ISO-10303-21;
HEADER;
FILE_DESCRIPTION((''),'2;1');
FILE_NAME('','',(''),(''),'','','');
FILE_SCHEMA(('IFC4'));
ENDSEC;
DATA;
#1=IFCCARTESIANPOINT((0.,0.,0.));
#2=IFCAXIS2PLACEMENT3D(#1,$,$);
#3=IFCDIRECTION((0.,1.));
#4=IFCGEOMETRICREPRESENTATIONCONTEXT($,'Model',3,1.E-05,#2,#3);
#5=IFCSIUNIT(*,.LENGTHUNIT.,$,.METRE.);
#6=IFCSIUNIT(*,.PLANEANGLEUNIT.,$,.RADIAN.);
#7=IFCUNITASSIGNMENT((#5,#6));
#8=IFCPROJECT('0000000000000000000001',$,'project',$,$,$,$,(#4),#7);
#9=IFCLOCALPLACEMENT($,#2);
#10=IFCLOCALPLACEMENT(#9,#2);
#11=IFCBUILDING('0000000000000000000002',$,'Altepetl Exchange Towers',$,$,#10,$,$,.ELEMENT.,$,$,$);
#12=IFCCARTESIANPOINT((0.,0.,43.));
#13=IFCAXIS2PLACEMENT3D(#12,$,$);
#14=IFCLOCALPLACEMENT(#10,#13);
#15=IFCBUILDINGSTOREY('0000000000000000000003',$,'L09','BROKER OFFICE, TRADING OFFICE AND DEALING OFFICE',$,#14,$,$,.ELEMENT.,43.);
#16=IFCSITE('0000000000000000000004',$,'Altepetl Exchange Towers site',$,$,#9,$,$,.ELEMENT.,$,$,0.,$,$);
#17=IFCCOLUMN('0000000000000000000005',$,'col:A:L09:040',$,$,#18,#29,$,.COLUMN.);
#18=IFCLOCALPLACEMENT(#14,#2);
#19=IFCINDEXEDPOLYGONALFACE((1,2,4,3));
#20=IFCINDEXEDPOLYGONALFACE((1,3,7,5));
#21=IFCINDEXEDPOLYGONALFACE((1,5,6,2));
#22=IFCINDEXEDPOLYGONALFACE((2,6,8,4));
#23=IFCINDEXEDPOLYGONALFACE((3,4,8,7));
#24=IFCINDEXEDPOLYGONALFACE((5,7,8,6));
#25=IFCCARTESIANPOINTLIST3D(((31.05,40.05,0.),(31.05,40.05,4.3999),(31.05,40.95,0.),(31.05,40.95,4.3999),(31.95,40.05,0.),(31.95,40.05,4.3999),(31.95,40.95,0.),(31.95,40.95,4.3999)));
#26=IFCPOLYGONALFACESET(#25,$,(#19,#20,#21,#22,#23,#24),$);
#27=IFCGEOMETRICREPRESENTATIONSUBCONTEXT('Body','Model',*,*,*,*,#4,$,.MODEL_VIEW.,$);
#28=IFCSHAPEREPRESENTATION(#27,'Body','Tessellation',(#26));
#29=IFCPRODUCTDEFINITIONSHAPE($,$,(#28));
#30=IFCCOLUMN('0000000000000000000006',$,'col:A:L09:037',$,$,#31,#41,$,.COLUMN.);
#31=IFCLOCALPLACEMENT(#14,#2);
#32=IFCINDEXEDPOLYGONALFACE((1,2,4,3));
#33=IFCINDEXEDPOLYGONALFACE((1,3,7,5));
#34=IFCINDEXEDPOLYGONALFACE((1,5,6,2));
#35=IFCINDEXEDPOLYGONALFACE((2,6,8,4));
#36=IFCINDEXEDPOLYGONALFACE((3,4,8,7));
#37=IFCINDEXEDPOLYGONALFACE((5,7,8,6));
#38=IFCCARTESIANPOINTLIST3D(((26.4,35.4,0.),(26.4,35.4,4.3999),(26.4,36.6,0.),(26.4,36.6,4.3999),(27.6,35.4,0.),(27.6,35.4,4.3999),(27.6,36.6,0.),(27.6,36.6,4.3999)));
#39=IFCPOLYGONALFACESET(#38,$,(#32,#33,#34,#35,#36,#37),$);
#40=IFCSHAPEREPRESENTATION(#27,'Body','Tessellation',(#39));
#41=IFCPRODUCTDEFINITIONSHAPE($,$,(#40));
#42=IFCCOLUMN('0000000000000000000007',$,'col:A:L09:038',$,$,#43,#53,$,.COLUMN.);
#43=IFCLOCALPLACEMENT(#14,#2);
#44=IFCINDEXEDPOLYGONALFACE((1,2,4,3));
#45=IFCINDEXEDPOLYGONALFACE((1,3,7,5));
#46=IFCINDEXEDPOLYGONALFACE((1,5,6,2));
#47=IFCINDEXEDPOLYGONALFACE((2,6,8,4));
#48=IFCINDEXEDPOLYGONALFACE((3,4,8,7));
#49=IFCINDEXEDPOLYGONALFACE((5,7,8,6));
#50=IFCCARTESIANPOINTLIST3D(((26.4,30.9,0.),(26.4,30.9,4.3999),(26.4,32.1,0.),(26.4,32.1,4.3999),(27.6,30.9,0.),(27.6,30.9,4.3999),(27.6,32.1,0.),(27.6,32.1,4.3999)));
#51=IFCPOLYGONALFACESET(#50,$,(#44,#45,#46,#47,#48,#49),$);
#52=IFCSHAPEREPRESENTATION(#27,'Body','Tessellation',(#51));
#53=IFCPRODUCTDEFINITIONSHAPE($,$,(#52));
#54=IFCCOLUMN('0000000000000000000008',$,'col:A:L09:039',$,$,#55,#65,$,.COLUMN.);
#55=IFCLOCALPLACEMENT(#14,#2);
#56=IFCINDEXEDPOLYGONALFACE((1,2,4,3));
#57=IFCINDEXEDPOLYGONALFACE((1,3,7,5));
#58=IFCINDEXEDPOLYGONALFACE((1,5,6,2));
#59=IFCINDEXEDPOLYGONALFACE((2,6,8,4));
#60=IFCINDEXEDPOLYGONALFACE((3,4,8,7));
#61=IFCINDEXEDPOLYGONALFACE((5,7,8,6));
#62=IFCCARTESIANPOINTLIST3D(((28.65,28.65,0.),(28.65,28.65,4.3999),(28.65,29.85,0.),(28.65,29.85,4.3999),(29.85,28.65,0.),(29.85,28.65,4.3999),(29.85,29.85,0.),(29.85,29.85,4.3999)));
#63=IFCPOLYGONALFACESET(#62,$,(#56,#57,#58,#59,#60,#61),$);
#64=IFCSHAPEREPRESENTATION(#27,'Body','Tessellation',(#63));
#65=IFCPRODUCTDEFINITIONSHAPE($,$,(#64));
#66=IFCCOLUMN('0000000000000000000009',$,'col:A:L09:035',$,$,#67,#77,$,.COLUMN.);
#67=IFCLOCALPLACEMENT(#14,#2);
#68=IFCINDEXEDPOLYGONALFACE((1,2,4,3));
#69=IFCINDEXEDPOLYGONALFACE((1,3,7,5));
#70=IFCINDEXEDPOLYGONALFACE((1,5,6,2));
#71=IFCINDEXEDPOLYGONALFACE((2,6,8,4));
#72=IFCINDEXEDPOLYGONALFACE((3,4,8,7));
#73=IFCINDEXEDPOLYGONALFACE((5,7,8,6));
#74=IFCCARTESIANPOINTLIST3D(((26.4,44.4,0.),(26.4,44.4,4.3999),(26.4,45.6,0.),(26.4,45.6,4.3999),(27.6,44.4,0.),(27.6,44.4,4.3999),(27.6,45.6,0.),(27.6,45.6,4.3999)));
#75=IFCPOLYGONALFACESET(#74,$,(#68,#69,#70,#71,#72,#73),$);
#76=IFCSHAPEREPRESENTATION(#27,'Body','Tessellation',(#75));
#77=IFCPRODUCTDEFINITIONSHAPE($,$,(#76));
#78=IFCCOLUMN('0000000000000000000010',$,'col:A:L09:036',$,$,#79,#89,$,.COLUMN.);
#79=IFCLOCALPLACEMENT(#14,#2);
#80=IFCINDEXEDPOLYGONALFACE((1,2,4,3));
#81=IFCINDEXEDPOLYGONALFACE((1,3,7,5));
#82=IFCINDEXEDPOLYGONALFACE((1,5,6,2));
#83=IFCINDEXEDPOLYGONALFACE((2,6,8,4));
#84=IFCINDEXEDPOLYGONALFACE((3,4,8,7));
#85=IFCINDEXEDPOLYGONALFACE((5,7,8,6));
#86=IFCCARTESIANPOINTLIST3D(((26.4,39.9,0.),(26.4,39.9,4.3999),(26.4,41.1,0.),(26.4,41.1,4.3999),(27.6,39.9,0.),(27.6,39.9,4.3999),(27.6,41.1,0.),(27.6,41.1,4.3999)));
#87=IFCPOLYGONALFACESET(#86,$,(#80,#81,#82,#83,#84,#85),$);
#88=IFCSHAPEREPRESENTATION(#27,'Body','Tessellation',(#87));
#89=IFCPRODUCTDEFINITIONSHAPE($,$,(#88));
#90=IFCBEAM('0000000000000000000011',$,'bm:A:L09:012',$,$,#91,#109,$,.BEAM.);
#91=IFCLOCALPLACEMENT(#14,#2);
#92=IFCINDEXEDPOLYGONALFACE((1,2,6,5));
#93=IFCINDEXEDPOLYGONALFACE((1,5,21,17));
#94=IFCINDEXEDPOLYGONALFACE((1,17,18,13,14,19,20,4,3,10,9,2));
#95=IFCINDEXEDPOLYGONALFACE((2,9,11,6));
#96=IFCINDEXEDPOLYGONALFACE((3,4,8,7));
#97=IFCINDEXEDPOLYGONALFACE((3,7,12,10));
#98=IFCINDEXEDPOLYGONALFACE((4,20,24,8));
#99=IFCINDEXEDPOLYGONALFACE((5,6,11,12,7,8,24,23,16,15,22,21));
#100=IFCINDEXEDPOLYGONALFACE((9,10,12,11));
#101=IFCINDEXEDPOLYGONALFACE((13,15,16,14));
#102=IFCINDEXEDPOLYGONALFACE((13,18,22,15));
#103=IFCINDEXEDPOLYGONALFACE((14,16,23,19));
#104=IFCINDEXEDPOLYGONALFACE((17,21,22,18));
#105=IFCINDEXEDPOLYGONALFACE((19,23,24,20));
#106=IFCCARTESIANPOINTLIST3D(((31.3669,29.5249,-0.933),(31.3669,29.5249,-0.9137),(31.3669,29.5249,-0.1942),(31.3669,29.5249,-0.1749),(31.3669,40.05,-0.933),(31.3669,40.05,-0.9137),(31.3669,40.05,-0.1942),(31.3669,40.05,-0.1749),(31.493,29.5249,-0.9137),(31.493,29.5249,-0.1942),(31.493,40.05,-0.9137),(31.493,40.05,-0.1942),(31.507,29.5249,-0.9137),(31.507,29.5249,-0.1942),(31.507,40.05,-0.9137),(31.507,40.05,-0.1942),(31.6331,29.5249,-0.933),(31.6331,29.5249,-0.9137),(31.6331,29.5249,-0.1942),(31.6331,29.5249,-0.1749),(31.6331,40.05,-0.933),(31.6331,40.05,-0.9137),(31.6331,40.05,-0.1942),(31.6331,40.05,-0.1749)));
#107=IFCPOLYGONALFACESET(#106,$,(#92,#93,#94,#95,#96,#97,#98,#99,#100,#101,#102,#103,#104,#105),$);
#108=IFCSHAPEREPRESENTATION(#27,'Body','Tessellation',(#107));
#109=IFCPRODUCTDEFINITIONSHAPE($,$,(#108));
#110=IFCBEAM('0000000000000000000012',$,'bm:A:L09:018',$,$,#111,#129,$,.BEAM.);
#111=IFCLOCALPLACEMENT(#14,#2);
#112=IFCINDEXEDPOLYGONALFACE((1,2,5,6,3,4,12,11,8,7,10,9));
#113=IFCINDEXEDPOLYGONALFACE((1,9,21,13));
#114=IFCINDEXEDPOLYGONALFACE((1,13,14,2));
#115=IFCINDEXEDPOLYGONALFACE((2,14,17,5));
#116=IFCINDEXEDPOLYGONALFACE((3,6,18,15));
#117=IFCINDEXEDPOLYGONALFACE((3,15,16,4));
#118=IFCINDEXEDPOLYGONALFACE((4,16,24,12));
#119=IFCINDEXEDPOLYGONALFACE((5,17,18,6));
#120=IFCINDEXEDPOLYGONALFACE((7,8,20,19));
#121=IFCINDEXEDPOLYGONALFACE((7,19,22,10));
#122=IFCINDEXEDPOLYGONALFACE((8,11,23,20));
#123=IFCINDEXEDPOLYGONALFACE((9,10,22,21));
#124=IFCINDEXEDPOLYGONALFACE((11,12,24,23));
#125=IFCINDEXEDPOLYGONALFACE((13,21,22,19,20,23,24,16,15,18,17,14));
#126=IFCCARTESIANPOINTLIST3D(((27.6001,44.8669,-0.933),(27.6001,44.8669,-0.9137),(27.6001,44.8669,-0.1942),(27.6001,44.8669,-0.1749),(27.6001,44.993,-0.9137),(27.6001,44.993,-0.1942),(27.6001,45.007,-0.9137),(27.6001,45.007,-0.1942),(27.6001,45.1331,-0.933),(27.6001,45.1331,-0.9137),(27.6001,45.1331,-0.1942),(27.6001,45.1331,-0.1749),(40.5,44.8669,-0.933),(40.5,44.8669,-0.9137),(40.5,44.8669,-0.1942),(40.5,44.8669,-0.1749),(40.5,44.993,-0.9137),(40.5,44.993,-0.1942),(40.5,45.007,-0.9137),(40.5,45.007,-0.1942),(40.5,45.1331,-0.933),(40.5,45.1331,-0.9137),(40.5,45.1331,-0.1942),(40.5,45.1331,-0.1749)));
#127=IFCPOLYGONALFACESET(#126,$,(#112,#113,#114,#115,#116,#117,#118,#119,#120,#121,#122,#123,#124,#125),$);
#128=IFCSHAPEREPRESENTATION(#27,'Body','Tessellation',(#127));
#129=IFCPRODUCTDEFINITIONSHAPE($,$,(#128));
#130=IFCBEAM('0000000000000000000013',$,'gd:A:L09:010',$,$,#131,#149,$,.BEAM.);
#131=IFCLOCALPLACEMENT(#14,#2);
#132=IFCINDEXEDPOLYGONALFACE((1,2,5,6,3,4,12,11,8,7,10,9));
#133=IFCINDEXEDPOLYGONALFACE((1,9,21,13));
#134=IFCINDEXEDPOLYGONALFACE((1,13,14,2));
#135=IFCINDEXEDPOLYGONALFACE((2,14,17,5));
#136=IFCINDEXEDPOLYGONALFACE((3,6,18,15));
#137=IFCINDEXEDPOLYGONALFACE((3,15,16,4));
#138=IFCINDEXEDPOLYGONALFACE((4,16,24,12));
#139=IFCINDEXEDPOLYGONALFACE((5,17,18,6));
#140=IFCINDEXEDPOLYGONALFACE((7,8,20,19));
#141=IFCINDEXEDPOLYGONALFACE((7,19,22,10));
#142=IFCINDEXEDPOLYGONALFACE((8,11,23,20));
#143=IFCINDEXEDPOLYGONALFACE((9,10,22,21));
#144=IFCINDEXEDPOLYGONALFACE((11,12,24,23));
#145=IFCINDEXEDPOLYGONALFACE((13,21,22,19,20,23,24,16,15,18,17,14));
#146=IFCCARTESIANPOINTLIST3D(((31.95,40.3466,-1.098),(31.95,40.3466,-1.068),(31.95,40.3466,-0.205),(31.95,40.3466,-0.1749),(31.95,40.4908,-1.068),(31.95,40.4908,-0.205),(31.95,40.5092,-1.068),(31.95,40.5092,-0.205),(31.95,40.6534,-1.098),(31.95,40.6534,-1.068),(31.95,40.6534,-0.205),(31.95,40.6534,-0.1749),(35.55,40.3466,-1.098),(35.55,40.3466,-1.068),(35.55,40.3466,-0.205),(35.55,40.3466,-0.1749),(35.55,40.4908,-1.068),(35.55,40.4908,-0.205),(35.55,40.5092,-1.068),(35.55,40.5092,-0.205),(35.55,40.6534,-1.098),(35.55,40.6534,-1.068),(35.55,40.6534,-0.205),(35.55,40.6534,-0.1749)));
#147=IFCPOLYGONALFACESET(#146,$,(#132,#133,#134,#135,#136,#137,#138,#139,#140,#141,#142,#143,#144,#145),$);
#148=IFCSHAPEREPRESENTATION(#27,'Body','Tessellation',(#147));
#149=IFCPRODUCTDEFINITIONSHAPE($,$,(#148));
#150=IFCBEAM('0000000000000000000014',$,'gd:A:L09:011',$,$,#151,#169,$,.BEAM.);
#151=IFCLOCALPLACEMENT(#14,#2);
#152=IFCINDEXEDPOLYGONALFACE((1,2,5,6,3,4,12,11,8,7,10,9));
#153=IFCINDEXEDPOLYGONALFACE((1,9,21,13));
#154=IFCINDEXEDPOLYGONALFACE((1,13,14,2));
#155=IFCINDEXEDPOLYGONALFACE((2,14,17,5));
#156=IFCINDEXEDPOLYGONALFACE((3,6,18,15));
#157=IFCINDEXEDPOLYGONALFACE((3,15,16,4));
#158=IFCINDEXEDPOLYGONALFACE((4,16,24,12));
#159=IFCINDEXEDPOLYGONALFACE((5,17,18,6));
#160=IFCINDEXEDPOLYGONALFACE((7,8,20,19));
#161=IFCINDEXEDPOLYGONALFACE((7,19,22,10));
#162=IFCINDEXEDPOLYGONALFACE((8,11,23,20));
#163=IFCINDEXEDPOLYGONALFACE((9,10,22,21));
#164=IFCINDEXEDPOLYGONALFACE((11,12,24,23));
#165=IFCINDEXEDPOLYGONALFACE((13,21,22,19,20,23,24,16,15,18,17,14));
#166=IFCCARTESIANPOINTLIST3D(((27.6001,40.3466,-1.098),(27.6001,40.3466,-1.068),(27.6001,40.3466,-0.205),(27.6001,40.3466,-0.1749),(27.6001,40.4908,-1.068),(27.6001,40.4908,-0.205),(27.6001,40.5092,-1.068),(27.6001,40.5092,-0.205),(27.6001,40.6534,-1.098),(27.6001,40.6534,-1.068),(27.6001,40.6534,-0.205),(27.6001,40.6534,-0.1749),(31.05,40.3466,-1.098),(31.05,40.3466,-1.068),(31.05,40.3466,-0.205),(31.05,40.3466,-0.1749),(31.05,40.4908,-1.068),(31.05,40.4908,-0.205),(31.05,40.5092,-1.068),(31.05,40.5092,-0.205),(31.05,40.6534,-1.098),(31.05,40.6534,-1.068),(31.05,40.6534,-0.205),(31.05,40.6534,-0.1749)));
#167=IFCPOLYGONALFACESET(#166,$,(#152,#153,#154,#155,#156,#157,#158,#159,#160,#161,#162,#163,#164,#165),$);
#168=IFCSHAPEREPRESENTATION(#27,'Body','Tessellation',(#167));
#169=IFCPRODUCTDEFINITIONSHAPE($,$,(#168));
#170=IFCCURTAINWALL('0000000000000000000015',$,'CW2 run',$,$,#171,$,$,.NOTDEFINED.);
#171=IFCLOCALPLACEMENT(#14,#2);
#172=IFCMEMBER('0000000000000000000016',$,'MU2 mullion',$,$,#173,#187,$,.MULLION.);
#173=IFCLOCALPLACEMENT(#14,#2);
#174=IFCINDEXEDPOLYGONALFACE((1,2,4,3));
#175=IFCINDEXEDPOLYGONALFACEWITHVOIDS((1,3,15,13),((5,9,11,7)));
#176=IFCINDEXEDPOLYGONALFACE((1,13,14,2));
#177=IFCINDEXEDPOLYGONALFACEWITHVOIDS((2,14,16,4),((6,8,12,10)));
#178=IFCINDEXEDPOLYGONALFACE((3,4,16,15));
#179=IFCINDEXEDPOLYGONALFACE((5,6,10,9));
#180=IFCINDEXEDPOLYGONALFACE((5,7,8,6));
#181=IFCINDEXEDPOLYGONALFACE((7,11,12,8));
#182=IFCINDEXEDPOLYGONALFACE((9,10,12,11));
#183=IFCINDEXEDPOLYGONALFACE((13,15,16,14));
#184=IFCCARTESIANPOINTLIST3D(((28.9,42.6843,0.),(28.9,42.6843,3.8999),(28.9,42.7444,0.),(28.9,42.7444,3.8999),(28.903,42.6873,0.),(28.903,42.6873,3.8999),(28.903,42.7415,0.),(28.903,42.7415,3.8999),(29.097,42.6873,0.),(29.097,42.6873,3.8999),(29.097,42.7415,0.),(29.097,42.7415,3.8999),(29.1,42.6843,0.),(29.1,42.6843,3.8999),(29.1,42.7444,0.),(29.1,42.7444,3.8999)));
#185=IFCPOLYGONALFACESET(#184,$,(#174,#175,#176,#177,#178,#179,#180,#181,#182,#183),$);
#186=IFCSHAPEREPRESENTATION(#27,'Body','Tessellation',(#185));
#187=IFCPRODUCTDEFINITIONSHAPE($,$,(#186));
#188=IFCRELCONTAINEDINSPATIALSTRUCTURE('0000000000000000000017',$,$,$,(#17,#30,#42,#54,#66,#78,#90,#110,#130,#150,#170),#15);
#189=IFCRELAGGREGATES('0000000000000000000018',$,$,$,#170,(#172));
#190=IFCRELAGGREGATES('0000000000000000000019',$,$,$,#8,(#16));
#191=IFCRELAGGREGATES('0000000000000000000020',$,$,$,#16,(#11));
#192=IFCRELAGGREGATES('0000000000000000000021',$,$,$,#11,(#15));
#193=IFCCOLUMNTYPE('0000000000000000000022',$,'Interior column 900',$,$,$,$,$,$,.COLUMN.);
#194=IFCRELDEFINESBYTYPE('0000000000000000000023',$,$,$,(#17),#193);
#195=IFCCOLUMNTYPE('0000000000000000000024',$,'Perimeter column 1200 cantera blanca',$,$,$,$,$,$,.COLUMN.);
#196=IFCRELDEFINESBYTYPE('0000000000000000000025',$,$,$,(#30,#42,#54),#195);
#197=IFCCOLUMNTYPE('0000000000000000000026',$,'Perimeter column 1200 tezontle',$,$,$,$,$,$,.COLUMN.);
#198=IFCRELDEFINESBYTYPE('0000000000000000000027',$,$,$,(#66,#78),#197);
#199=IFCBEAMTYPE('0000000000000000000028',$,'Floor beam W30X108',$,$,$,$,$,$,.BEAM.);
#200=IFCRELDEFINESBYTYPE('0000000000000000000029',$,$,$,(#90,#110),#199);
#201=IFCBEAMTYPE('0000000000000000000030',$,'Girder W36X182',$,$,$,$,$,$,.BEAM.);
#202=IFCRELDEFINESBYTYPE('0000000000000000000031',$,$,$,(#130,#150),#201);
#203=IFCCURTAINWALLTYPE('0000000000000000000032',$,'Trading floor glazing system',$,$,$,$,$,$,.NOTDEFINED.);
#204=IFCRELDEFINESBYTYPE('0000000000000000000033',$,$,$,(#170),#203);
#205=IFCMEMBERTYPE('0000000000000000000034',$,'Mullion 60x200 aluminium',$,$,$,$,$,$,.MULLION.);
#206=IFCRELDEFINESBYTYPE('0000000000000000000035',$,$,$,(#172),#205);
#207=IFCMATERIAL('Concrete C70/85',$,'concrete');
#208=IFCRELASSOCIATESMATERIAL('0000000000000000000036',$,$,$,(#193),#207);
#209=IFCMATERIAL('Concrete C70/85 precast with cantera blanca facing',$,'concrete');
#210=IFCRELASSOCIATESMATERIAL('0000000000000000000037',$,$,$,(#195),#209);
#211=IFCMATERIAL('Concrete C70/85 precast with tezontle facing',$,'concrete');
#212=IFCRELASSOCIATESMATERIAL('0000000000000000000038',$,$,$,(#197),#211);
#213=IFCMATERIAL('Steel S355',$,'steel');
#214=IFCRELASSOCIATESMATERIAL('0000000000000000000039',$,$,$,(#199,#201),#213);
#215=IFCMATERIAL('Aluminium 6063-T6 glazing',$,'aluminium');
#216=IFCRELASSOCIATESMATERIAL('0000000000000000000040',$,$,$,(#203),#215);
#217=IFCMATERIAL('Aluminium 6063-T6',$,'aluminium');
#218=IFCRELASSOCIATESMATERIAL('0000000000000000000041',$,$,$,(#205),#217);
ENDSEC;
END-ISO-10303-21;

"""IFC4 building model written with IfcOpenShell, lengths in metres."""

from ifc_helpers import new_model, si_unit, direction, frame, origin, origin_2d, place, context, subcontext, project, spatial, rectangle, hollow_rectangle, i_section, extrude, material, material_profile, profile_set, type_object, element, aggregate, save


model = new_model("IFC4")

# Units and contexts
model_context = context("Model", 3, precision=1e-05, world=origin(), true_north=direction((0.0, 1.0)))
body_context = subcontext(model_context, "Body", "Model", "MODEL_VIEW")
ifc_project = project(units=[si_unit("LENGTHUNIT", "METRE"), si_unit("PLANEANGLEUNIT", "RADIAN")], contexts=[model_context])

# Site, building, storey
site_placement = place(None, origin())
site = spatial("IfcSite", under=ifc_project, at=site_placement, Name="Altepetl Exchange Towers site", CompositionType="ELEMENT", RefElevation=0.0)
building_placement = place(site_placement, origin())
building = spatial("IfcBuilding", under=site, at=building_placement, Name="Altepetl Exchange Towers", CompositionType="ELEMENT")
storey_placement = place(building_placement, frame((0.0, 0.0, 43.0)))
storey = spatial("IfcBuildingStorey", under=building, at=storey_placement, Name="L09", Description="BROKER OFFICE, TRADING OFFICE AND DEALING OFFICE", CompositionType="ELEMENT", Elevation=43.0)

# Columns
ifc_material_1 = material(Name="Concrete C70/85", Category="concrete")
ifc_material_profile_1 = material_profile(ifc_material_1, rectangle(XDim=0.8999, YDim=0.8999, at=origin_2d()), Name="900 x 900")
ifc_profile_set_1 = profile_set([ifc_material_profile_1], Name="Concrete C70/85")
column_type_1 = type_object("IfcColumnType", Name="Interior column 900", PredefinedType="COLUMN", material=ifc_profile_set_1)
column_placement = place(storey_placement, frame((31.5, 40.5, 0.0)))
element("IfcColumn", 1, at=column_placement, inside=storey, type_object=column_type_1, Name="col:A:L09:040", PredefinedType="COLUMN", context=body_context, shape_type="SweptSolid", body=[
    extrude(rectangle(XDim=0.8999, YDim=0.8999, at=origin_2d()), origin(), (0.0, 0.0, 1.0), 4.3999),
])
ifc_material_2 = material(Name="Concrete C70/85 precast with cantera blanca facing", Category="concrete")
ifc_material_profile_2 = material_profile(ifc_material_2, rectangle(XDim=1.2, YDim=1.2, at=origin_2d()), Name="1200 x 1200")
ifc_profile_set_2 = profile_set([ifc_material_profile_2], Name="Concrete C70/85 precast with cantera blanca facing")
column_type_2 = type_object("IfcColumnType", Name="Perimeter column 1200 cantera blanca", PredefinedType="COLUMN", material=ifc_profile_set_2)
for number, where, name in (
    (2, (27.0, 36.0, 0.0), "col:A:L09:037"),
    (3, (27.0, 31.5, 0.0), "col:A:L09:038"),
    (4, (29.25, 29.25, 0.0), "col:A:L09:039"),
):
    element("IfcColumn", number, at=place(storey_placement, frame(where)), inside=storey, type_object=column_type_2, Name=name, PredefinedType="COLUMN", context=body_context, shape_type="SweptSolid", body=[
        extrude(rectangle(XDim=1.2, YDim=1.2, at=origin_2d()), origin(), (0.0, 0.0, 1.0), 4.3999),
    ])
ifc_material_3 = material(Name="Concrete C70/85 precast with tezontle facing", Category="concrete")
ifc_material_profile_3 = material_profile(ifc_material_3, rectangle(XDim=1.2, YDim=1.2, at=origin_2d()), Name="1200 x 1200")
ifc_profile_set_3 = profile_set([ifc_material_profile_3], Name="Concrete C70/85 precast with tezontle facing")
column_type_3 = type_object("IfcColumnType", Name="Perimeter column 1200 tezontle", PredefinedType="COLUMN", material=ifc_profile_set_3)
for number, where, name in (
    (5, (27.0, 45.0, 0.0), "col:A:L09:035"),
    (6, (27.0, 40.5, 0.0), "col:A:L09:036"),
):
    element("IfcColumn", number, at=place(storey_placement, frame(where)), inside=storey, type_object=column_type_3, Name=name, PredefinedType="COLUMN", context=body_context, shape_type="SweptSolid", body=[
        extrude(rectangle(XDim=1.2, YDim=1.2, at=origin_2d()), origin(), (0.0, 0.0, 1.0), 4.3999),
    ])

# Beams
ifc_material_4 = material(Name="Steel S355", Category="steel")
ifc_material_profile_4 = material_profile(ifc_material_4, i_section(OverallWidth=0.2661, OverallDepth=0.7581, WebThickness=0.0139, FlangeThickness=0.0193, at=origin_2d()), Name="W30X108")
ifc_profile_set_4 = profile_set([ifc_material_profile_4], Name="Steel S355")
beam_type_1 = type_object("IfcBeamType", Name="Floor beam W30X108", PredefinedType="BEAM", material=ifc_profile_set_4)
beam_1_placement = place(storey_placement, frame((31.5, 29.5249, -0.554), z_axis=(0.0, 1.0, 0.0), x_axis=(-1.0, 0.0, 0.0)))
element("IfcBeam", 7, at=beam_1_placement, inside=storey, type_object=beam_type_1, Name="bm:A:L09:012", PredefinedType="BEAM", context=body_context, shape_type="SweptSolid", body=[
    extrude(i_section(OverallWidth=0.2661, OverallDepth=0.7581, WebThickness=0.0139, FlangeThickness=0.0193, at=origin_2d()), origin(), (0.0, 0.0, 1.0), 10.5251),
])
beam_2_placement = place(storey_placement, frame((27.6001, 45.0, -0.554), z_axis=(1.0, 0.0, 0.0), x_axis=(0.0, 1.0, 0.0)))
element("IfcBeam", 8, at=beam_2_placement, inside=storey, type_object=beam_type_1, Name="bm:A:L09:018", PredefinedType="BEAM", context=body_context, shape_type="SweptSolid", body=[
    extrude(i_section(OverallWidth=0.2661, OverallDepth=0.7581, WebThickness=0.0139, FlangeThickness=0.0193, at=origin_2d()), origin(), (0.0, 0.0, 1.0), 12.8999),
])
ifc_material_profile_5 = material_profile(ifc_material_4, i_section(OverallWidth=0.3069, OverallDepth=0.9231, WebThickness=0.0183, FlangeThickness=0.03, at=origin_2d()), Name="W36X182")
ifc_profile_set_5 = profile_set([ifc_material_profile_5], Name="Steel S355")
beam_type_2 = type_object("IfcBeamType", Name="Girder W36X182", PredefinedType="BEAM", material=ifc_profile_set_5)
beam_3_placement = place(storey_placement, frame((35.55, 40.5, -0.6365), z_axis=(-1.0, 0.0, 0.0), x_axis=(0.0, -1.0, 0.0)))
element("IfcBeam", 9, at=beam_3_placement, inside=storey, type_object=beam_type_2, Name="gd:A:L09:010", PredefinedType="BEAM", context=body_context, shape_type="SweptSolid", body=[
    extrude(i_section(OverallWidth=0.3069, OverallDepth=0.9231, WebThickness=0.0183, FlangeThickness=0.03, at=origin_2d()), origin(), (0.0, 0.0, 1.0), 3.6001),
])
beam_4_placement = place(storey_placement, frame((31.05, 40.5, -0.6365), z_axis=(-1.0, 0.0, 0.0), x_axis=(0.0, -1.0, 0.0)))
element("IfcBeam", 10, at=beam_4_placement, inside=storey, type_object=beam_type_2, Name="gd:A:L09:011", PredefinedType="BEAM", context=body_context, shape_type="SweptSolid", body=[
    extrude(i_section(OverallWidth=0.3069, OverallDepth=0.9231, WebThickness=0.0183, FlangeThickness=0.03, at=origin_2d()), origin(), (0.0, 0.0, 1.0), 3.45),
])

# Curtain wall, member
ifc_material_5 = material(Name="Aluminium 6063-T6 glazing", Category="aluminium")
curtain_wall_type = type_object("IfcCurtainWallType", Name="Trading floor glazing system", PredefinedType="NOTDEFINED", material=ifc_material_5)
curtain_wall_1_placement = place(storey_placement, origin())
curtain_wall_1 = element("IfcCurtainWall", 11, at=curtain_wall_1_placement, inside=storey, type_object=curtain_wall_type, Name="CW2 run", PredefinedType="NOTDEFINED")
ifc_material_6 = material(Name="Aluminium 6063-T6", Category="aluminium")
ifc_material_profile_6 = material_profile(ifc_material_6, hollow_rectangle(XDim=0.0601, YDim=0.2, WallThickness=0.0029, at=origin_2d()), Name="Mullion 60x200 aluminium")
ifc_profile_set_6 = profile_set([ifc_material_profile_6], Name="Aluminium 6063-T6")
member_type = type_object("IfcMemberType", Name="Mullion 60x200 aluminium", PredefinedType="MULLION", material=ifc_profile_set_6)
member_1_placement = place(storey_placement, frame((29.0, 42.7144, 0.0), z_axis=(0.0, 0.0, 1.0), x_axis=(0.0, -1.0, 0.0)))
member_1 = element("IfcMember", 12, at=member_1_placement, type_object=member_type, Name="MU2 mullion", PredefinedType="MULLION", context=body_context, shape_type="SweptSolid", body=[
    extrude(hollow_rectangle(XDim=0.0601, YDim=0.2, WallThickness=0.0029, at=origin_2d()), origin(), (0.0, 0.0, 1.0), 3.8999),
])

aggregate(curtain_wall_1, [member_1])

save(model, "model.ifc")
